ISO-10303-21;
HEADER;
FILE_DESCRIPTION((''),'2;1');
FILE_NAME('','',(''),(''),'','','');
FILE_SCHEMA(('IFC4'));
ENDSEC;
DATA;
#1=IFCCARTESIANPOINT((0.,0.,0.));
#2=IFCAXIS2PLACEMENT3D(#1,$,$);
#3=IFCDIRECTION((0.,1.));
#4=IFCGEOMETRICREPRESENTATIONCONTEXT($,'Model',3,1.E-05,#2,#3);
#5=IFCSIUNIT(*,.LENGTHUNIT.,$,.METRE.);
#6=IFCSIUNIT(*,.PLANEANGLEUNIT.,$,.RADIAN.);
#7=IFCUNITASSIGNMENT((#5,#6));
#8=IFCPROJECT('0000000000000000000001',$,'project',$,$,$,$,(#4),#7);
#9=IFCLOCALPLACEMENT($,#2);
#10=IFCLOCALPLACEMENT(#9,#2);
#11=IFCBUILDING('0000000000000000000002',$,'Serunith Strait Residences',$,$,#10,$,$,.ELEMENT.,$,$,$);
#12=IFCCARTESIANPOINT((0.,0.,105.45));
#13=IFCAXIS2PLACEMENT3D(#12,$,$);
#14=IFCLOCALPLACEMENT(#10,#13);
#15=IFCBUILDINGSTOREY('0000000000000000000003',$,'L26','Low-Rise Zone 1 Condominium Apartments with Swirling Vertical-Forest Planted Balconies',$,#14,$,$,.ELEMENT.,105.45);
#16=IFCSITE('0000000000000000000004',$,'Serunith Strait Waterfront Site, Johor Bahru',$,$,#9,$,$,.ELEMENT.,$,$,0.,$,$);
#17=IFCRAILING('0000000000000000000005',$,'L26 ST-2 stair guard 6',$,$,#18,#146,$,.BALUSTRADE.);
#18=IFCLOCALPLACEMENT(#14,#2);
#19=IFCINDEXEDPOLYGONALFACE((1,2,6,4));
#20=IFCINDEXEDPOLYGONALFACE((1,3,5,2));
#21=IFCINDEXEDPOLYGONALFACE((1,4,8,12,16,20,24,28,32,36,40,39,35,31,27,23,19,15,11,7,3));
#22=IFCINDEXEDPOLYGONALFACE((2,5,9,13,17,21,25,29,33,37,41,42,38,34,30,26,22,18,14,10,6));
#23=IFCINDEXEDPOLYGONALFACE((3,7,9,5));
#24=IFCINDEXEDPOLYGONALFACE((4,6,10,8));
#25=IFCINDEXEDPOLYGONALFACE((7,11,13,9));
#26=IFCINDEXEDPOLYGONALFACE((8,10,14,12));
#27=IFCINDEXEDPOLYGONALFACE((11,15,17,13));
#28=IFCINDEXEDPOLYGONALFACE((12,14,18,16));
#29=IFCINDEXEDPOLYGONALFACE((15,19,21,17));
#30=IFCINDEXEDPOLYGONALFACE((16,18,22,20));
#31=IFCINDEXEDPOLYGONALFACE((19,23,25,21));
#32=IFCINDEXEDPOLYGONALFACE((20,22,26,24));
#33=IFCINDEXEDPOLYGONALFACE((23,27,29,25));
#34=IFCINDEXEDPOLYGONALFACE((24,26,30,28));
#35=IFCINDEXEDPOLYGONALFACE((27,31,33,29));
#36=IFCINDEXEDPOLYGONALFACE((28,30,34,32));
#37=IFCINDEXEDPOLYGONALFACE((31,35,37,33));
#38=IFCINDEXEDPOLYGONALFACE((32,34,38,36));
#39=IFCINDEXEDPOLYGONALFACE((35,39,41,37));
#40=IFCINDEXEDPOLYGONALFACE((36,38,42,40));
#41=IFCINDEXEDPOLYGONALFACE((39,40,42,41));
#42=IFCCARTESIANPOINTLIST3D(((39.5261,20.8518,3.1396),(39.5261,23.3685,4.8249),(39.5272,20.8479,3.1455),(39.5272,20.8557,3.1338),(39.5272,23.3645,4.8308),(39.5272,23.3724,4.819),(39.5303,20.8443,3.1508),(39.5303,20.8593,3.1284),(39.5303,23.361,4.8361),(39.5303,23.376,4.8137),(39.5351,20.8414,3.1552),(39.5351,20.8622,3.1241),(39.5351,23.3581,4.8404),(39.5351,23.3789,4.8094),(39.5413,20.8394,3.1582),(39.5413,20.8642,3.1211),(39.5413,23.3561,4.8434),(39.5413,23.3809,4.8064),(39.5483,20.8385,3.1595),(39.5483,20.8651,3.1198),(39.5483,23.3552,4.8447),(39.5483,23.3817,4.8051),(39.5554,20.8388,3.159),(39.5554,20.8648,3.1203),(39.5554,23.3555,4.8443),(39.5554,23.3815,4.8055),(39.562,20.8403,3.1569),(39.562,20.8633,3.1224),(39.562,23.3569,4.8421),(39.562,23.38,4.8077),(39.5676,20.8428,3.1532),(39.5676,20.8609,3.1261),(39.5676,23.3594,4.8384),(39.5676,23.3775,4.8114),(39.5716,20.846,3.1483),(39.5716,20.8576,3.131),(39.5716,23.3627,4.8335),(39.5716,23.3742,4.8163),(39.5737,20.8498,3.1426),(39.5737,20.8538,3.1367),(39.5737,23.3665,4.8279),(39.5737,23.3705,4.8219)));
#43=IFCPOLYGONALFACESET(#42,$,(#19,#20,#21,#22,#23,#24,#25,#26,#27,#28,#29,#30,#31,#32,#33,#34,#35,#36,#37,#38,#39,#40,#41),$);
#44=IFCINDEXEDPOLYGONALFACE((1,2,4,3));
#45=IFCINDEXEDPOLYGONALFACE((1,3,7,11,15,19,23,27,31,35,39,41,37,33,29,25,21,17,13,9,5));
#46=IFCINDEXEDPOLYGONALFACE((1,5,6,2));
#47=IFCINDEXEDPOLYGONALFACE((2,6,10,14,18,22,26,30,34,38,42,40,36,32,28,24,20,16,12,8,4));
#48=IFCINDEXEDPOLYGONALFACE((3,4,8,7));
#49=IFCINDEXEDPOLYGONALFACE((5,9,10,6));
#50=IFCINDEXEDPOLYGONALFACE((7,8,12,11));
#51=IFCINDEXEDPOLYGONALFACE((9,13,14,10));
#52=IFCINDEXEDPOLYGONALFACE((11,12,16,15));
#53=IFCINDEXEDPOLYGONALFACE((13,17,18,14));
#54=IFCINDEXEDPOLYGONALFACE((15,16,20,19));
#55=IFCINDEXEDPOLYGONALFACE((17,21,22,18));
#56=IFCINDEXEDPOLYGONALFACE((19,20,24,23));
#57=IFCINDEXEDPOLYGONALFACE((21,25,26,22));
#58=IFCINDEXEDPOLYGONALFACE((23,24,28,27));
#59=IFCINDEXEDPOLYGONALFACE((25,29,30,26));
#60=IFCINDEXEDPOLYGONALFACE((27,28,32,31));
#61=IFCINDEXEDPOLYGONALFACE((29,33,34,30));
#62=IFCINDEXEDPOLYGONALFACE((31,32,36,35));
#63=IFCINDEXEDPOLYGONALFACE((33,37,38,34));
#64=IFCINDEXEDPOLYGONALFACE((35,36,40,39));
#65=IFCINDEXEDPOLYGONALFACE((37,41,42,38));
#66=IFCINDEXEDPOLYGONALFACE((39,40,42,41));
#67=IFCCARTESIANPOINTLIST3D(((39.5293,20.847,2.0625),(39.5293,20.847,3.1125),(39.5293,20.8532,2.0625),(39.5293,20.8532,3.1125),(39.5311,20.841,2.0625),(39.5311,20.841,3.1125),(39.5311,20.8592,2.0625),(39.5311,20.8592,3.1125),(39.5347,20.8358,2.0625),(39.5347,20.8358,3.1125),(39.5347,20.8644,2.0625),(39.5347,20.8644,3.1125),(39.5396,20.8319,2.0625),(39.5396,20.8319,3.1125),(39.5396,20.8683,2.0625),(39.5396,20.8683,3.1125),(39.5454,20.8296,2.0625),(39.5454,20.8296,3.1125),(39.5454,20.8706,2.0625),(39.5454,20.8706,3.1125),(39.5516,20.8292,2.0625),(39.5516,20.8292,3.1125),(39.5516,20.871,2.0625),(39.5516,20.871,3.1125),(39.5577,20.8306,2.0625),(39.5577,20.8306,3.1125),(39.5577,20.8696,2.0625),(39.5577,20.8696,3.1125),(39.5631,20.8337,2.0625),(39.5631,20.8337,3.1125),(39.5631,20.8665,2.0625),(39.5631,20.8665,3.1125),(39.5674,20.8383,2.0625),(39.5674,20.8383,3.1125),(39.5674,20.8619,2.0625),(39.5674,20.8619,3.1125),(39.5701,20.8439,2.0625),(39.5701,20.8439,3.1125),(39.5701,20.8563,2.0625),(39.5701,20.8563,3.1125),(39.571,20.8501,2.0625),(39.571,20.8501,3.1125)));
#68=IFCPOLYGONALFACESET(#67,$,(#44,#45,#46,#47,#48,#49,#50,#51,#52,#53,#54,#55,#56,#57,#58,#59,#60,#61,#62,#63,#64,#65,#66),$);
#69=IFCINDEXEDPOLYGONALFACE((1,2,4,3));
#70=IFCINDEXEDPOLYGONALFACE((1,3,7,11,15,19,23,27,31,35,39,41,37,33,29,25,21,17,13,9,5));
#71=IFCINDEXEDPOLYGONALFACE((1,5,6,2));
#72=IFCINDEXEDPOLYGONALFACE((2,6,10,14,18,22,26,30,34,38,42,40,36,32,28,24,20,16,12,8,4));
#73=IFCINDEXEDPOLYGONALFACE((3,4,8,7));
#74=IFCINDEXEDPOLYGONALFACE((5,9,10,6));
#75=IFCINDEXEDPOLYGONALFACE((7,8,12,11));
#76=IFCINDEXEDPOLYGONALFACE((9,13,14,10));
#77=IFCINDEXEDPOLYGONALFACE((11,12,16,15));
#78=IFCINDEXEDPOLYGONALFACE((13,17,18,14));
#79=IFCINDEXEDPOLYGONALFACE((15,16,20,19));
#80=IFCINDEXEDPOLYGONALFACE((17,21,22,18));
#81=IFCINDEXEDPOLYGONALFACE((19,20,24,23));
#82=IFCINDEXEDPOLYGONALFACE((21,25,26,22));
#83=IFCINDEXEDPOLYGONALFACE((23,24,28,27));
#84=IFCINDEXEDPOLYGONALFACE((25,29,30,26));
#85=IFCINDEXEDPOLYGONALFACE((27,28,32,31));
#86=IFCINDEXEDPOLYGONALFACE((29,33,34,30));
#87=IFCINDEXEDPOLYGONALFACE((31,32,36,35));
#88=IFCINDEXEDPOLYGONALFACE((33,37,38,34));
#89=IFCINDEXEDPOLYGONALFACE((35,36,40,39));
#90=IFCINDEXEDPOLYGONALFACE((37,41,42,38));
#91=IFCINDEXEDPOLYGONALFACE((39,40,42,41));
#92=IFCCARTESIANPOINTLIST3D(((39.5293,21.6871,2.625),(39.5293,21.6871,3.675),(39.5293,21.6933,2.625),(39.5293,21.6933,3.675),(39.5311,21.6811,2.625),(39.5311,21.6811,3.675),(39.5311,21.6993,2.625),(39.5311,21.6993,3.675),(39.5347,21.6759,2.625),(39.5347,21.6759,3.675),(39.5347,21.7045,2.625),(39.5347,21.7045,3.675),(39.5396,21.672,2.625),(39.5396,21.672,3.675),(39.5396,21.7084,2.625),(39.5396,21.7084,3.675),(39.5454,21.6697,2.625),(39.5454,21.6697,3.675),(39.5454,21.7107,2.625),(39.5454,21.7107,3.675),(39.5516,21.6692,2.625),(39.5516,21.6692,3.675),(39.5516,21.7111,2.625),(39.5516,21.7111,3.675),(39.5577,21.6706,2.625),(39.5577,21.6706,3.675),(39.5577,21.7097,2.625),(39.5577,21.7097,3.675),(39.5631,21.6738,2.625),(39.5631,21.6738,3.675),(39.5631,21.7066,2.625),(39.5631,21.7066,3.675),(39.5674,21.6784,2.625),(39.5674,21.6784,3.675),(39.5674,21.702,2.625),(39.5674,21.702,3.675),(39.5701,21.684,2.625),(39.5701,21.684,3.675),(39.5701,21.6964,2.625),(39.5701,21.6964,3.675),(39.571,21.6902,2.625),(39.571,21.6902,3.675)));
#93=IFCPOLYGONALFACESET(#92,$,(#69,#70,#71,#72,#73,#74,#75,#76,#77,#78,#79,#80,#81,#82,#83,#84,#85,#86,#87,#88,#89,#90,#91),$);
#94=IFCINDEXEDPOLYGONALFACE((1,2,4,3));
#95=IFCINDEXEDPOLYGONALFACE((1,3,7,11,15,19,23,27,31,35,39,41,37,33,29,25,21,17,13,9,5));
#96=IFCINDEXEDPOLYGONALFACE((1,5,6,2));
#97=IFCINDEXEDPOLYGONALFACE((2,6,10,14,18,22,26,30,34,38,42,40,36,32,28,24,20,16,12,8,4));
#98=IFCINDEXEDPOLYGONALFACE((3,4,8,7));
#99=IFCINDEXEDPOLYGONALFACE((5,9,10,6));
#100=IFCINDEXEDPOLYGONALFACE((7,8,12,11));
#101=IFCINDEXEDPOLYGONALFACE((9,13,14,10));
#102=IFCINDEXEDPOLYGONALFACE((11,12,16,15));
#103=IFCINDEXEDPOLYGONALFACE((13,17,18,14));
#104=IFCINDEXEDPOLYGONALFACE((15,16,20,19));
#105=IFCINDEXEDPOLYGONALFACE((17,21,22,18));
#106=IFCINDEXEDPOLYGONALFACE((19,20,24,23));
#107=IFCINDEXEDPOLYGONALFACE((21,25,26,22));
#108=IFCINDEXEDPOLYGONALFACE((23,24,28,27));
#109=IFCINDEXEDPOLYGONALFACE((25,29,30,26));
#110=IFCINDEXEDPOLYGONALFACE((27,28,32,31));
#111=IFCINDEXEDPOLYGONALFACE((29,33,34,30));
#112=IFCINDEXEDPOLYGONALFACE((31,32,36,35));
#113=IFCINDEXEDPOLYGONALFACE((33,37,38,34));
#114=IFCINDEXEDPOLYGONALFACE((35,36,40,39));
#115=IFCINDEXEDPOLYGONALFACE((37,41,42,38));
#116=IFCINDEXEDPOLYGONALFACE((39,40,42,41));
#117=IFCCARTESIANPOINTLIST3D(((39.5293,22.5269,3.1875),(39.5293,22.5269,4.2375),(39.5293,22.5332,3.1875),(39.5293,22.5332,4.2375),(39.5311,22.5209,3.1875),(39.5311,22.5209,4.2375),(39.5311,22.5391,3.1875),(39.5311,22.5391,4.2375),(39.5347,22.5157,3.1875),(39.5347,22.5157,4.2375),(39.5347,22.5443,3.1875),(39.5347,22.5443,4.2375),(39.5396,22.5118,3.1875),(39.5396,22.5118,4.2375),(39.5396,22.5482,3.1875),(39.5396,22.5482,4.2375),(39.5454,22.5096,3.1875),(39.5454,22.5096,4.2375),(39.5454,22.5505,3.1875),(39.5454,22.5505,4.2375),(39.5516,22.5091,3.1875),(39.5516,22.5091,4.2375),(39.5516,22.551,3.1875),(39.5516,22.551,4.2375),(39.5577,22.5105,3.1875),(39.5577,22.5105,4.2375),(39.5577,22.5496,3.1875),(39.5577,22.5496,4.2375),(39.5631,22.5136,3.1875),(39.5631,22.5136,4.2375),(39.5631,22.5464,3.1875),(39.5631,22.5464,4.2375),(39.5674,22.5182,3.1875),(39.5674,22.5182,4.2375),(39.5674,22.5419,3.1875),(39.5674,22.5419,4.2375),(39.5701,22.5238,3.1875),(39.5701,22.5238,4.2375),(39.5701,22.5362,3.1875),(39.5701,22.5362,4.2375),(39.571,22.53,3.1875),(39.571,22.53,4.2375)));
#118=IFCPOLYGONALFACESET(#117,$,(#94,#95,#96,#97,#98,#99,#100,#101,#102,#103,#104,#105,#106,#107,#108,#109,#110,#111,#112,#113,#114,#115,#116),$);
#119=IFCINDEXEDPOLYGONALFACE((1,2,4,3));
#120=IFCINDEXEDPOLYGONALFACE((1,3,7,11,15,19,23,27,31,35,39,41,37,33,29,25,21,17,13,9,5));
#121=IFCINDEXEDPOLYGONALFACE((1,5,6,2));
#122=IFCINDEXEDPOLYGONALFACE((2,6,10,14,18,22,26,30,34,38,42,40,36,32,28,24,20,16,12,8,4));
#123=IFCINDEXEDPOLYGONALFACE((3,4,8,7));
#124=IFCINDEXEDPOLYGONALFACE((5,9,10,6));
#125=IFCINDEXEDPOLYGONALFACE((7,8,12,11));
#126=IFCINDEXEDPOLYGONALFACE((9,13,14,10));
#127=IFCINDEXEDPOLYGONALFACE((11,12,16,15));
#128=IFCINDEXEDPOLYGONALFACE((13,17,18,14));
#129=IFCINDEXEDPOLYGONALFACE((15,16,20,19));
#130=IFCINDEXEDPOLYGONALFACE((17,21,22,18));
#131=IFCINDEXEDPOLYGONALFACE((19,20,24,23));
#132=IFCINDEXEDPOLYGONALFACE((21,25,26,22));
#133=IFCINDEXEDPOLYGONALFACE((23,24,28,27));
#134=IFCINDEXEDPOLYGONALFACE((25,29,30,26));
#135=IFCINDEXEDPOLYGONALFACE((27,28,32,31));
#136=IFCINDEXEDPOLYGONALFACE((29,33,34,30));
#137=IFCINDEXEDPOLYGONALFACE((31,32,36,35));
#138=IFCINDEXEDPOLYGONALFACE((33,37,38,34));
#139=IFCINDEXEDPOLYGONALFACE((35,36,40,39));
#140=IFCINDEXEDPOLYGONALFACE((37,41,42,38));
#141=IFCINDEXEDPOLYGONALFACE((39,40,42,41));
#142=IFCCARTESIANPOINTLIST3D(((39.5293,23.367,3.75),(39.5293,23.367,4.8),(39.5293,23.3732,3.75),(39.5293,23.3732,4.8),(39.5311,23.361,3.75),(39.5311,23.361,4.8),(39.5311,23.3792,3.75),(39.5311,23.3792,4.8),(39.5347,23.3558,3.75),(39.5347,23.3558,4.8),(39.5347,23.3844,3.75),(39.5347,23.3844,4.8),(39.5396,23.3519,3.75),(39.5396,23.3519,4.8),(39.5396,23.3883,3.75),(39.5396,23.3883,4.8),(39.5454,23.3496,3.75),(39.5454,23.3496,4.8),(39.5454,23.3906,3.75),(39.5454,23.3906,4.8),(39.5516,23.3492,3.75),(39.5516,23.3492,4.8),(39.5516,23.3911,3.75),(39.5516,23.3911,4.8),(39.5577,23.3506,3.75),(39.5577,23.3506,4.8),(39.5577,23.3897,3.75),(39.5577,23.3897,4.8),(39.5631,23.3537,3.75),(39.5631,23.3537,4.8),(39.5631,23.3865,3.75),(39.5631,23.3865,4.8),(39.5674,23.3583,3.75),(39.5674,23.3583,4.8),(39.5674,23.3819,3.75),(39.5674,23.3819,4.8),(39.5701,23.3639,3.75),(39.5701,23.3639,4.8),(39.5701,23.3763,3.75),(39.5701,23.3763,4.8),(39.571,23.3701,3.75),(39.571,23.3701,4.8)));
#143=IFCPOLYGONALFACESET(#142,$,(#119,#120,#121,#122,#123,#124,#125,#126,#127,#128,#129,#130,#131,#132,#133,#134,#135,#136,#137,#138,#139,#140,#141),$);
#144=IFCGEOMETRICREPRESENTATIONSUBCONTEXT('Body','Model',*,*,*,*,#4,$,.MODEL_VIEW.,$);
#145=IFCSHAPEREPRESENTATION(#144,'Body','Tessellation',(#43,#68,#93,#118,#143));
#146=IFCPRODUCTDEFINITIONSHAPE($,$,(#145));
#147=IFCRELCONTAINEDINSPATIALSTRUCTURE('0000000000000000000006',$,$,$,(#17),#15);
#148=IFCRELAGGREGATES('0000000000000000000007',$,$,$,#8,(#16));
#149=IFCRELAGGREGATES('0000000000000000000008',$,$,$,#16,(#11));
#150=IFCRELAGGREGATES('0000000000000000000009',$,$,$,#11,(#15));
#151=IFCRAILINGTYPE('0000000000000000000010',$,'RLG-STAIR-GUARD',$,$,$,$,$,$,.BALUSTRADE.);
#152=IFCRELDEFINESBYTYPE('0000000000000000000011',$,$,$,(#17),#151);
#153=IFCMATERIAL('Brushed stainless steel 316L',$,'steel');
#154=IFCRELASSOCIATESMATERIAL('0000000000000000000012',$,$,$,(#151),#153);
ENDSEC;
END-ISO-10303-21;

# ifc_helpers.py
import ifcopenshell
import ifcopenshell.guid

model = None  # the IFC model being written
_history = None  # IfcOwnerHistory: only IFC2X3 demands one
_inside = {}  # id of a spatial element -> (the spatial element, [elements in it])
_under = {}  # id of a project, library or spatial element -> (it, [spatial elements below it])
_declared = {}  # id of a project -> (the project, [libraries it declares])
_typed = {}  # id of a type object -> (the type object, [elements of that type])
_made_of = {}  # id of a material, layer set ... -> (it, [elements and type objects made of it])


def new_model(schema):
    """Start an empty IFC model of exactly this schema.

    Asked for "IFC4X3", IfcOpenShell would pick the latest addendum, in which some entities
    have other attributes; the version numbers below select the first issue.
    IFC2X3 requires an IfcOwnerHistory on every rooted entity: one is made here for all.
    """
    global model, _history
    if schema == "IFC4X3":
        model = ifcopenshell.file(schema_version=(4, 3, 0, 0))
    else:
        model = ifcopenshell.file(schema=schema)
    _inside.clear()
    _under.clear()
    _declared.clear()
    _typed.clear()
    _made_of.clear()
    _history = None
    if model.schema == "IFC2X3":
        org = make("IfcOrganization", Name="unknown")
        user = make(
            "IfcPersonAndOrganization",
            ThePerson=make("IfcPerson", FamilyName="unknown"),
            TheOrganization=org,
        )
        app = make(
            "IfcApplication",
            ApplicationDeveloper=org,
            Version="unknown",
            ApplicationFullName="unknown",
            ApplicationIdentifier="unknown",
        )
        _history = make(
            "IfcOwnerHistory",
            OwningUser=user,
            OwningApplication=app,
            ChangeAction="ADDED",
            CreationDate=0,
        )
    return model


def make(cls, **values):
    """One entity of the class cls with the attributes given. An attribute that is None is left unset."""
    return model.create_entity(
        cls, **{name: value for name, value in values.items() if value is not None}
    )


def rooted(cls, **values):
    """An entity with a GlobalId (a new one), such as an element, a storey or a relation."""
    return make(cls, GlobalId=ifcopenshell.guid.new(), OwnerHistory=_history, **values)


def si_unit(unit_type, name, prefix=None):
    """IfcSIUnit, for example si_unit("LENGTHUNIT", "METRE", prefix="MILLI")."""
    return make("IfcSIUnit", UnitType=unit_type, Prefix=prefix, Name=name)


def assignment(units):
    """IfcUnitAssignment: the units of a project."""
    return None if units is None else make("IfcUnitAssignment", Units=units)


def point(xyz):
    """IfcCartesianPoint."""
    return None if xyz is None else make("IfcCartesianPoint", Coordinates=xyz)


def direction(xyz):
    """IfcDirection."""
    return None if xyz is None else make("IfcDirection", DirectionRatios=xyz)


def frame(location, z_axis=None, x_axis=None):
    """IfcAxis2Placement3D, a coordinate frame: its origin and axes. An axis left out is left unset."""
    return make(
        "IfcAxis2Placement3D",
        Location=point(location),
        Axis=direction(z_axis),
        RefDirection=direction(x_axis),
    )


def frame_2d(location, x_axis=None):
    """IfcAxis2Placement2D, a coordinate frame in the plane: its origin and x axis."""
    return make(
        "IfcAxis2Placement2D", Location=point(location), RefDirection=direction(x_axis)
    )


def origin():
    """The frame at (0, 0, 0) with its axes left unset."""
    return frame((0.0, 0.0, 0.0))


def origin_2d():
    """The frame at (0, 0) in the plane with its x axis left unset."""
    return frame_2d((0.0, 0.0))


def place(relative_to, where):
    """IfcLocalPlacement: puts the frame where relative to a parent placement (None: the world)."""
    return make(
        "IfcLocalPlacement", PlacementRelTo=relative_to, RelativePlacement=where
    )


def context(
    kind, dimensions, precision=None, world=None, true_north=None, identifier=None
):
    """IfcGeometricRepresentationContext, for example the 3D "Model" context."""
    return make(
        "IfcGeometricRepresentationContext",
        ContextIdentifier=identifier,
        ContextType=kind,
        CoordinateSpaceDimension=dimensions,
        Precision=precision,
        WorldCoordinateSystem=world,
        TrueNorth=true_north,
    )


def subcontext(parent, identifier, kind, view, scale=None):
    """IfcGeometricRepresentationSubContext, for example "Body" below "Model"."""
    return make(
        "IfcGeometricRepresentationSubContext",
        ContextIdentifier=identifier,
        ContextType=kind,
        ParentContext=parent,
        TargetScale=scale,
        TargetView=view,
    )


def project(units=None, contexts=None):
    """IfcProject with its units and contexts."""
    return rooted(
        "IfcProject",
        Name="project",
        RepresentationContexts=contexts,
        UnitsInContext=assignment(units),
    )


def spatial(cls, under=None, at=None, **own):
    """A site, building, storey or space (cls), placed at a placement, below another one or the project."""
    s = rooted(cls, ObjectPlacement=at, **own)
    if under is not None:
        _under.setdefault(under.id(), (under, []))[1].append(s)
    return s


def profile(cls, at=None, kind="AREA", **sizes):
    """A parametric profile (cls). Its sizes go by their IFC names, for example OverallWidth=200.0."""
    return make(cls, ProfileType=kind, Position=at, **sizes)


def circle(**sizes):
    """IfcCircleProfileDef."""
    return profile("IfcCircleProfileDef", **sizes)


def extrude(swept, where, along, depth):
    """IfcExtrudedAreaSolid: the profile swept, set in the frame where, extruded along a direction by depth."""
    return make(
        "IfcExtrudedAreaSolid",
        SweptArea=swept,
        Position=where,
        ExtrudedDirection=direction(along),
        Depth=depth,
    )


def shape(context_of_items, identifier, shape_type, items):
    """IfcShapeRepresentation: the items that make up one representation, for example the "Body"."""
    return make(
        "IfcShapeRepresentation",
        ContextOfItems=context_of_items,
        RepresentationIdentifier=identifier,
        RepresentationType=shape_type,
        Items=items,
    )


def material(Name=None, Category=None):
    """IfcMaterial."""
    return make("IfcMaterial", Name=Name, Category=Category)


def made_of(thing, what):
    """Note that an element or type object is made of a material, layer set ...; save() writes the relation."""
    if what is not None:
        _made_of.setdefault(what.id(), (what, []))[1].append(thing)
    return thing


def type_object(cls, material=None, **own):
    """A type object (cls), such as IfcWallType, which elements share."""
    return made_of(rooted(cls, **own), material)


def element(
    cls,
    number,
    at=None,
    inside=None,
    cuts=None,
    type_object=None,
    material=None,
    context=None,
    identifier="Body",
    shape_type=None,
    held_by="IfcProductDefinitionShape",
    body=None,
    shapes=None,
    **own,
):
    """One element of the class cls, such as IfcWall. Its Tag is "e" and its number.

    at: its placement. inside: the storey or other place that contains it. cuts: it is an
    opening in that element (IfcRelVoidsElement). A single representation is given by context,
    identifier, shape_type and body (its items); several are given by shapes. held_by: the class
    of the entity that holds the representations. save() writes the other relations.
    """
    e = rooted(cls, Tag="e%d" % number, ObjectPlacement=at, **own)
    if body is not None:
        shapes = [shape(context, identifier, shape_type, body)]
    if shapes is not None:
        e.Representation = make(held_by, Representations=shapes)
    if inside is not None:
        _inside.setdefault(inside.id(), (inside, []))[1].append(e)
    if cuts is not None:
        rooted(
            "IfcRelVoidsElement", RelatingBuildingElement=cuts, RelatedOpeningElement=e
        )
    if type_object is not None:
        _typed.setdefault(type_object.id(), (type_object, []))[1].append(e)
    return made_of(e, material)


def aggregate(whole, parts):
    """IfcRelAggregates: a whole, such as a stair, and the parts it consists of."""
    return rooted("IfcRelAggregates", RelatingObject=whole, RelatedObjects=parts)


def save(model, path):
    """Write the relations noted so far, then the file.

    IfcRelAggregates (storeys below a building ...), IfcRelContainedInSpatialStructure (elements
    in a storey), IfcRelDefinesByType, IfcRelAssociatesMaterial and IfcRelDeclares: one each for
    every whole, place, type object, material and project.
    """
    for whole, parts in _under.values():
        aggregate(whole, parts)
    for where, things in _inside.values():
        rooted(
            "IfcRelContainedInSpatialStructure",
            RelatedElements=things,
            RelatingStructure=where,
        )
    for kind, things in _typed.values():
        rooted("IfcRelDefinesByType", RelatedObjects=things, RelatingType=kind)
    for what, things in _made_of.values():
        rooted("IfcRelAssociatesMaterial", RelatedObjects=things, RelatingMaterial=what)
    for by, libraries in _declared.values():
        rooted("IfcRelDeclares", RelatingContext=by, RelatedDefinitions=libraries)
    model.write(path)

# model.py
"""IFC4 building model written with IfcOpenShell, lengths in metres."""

from ifc_helpers import new_model, si_unit, direction, frame, origin, origin_2d, place, context, subcontext, project, spatial, circle, extrude, material, type_object, element, save


model = new_model("IFC4")

# Units and contexts
model_context = context("Model", 3, precision=1e-05, world=origin(), true_north=direction((0.0, 1.0)))
body_context = subcontext(model_context, "Body", "Model", "MODEL_VIEW")
ifc_project = project(units=[si_unit("LENGTHUNIT", "METRE"), si_unit("PLANEANGLEUNIT", "RADIAN")], contexts=[model_context])

# Site, building, storey
site_placement = place(None, origin())
site = spatial("IfcSite", under=ifc_project, at=site_placement, Name="Serunith Strait Waterfront Site, Johor Bahru", CompositionType="ELEMENT", RefElevation=0.0)
building_placement = place(site_placement, origin())
building = spatial("IfcBuilding", under=site, at=building_placement, Name="Serunith Strait Residences", CompositionType="ELEMENT")
storey_placement = place(building_placement, frame((0.0, 0.0, 105.45)))
storey = spatial("IfcBuildingStorey", under=building, at=storey_placement, Name="L26", Description="Low-Rise Zone 1 Condominium Apartments with Swirling Vertical-Forest Planted Balconies", CompositionType="ELEMENT", Elevation=105.45)

# Railing
ifc_material_1 = material(Name="Brushed stainless steel 316L", Category="steel")
railing_type_1 = type_object("IfcRailingType", Name="RLG-STAIR-GUARD", PredefinedType="BALUSTRADE", material=ifc_material_1)
railing_1_placement = place(storey_placement, frame((39.55, 20.8501, 2.0625)))
element("IfcRailing", 1, at=railing_1_placement, inside=storey, type_object=railing_type_1, Name="L26 ST-2 stair guard 6", PredefinedType="BALUSTRADE", context=body_context, shape_type="SweptSolid", body=[
    extrude(circle(Radius=0.0239, at=origin_2d()), frame((0.0, 0.0017, 1.0771), z_axis=(0.0, 0.830909, 0.556408), x_axis=(-1.0, 0.0, 0.0)), (0.0, 0.0, 1.0), 3.0288),
    extrude(circle(Radius=0.021, at=origin_2d()), origin(), (0.0, 0.0, 1.0), 1.05),
    extrude(circle(Radius=0.021, at=origin_2d()), frame((0.0, 0.8401, 0.5625)), (0.0, 0.0, 1.0), 1.05),
    extrude(circle(Radius=0.021, at=origin_2d()), frame((0.0, 1.6799, 1.125)), (0.0, 0.0, 1.0), 1.05),
    extrude(circle(Radius=0.021, at=origin_2d()), frame((0.0, 2.52, 1.6875)), (0.0, 0.0, 1.0), 1.05),
])

save(model, "model.ifc")
